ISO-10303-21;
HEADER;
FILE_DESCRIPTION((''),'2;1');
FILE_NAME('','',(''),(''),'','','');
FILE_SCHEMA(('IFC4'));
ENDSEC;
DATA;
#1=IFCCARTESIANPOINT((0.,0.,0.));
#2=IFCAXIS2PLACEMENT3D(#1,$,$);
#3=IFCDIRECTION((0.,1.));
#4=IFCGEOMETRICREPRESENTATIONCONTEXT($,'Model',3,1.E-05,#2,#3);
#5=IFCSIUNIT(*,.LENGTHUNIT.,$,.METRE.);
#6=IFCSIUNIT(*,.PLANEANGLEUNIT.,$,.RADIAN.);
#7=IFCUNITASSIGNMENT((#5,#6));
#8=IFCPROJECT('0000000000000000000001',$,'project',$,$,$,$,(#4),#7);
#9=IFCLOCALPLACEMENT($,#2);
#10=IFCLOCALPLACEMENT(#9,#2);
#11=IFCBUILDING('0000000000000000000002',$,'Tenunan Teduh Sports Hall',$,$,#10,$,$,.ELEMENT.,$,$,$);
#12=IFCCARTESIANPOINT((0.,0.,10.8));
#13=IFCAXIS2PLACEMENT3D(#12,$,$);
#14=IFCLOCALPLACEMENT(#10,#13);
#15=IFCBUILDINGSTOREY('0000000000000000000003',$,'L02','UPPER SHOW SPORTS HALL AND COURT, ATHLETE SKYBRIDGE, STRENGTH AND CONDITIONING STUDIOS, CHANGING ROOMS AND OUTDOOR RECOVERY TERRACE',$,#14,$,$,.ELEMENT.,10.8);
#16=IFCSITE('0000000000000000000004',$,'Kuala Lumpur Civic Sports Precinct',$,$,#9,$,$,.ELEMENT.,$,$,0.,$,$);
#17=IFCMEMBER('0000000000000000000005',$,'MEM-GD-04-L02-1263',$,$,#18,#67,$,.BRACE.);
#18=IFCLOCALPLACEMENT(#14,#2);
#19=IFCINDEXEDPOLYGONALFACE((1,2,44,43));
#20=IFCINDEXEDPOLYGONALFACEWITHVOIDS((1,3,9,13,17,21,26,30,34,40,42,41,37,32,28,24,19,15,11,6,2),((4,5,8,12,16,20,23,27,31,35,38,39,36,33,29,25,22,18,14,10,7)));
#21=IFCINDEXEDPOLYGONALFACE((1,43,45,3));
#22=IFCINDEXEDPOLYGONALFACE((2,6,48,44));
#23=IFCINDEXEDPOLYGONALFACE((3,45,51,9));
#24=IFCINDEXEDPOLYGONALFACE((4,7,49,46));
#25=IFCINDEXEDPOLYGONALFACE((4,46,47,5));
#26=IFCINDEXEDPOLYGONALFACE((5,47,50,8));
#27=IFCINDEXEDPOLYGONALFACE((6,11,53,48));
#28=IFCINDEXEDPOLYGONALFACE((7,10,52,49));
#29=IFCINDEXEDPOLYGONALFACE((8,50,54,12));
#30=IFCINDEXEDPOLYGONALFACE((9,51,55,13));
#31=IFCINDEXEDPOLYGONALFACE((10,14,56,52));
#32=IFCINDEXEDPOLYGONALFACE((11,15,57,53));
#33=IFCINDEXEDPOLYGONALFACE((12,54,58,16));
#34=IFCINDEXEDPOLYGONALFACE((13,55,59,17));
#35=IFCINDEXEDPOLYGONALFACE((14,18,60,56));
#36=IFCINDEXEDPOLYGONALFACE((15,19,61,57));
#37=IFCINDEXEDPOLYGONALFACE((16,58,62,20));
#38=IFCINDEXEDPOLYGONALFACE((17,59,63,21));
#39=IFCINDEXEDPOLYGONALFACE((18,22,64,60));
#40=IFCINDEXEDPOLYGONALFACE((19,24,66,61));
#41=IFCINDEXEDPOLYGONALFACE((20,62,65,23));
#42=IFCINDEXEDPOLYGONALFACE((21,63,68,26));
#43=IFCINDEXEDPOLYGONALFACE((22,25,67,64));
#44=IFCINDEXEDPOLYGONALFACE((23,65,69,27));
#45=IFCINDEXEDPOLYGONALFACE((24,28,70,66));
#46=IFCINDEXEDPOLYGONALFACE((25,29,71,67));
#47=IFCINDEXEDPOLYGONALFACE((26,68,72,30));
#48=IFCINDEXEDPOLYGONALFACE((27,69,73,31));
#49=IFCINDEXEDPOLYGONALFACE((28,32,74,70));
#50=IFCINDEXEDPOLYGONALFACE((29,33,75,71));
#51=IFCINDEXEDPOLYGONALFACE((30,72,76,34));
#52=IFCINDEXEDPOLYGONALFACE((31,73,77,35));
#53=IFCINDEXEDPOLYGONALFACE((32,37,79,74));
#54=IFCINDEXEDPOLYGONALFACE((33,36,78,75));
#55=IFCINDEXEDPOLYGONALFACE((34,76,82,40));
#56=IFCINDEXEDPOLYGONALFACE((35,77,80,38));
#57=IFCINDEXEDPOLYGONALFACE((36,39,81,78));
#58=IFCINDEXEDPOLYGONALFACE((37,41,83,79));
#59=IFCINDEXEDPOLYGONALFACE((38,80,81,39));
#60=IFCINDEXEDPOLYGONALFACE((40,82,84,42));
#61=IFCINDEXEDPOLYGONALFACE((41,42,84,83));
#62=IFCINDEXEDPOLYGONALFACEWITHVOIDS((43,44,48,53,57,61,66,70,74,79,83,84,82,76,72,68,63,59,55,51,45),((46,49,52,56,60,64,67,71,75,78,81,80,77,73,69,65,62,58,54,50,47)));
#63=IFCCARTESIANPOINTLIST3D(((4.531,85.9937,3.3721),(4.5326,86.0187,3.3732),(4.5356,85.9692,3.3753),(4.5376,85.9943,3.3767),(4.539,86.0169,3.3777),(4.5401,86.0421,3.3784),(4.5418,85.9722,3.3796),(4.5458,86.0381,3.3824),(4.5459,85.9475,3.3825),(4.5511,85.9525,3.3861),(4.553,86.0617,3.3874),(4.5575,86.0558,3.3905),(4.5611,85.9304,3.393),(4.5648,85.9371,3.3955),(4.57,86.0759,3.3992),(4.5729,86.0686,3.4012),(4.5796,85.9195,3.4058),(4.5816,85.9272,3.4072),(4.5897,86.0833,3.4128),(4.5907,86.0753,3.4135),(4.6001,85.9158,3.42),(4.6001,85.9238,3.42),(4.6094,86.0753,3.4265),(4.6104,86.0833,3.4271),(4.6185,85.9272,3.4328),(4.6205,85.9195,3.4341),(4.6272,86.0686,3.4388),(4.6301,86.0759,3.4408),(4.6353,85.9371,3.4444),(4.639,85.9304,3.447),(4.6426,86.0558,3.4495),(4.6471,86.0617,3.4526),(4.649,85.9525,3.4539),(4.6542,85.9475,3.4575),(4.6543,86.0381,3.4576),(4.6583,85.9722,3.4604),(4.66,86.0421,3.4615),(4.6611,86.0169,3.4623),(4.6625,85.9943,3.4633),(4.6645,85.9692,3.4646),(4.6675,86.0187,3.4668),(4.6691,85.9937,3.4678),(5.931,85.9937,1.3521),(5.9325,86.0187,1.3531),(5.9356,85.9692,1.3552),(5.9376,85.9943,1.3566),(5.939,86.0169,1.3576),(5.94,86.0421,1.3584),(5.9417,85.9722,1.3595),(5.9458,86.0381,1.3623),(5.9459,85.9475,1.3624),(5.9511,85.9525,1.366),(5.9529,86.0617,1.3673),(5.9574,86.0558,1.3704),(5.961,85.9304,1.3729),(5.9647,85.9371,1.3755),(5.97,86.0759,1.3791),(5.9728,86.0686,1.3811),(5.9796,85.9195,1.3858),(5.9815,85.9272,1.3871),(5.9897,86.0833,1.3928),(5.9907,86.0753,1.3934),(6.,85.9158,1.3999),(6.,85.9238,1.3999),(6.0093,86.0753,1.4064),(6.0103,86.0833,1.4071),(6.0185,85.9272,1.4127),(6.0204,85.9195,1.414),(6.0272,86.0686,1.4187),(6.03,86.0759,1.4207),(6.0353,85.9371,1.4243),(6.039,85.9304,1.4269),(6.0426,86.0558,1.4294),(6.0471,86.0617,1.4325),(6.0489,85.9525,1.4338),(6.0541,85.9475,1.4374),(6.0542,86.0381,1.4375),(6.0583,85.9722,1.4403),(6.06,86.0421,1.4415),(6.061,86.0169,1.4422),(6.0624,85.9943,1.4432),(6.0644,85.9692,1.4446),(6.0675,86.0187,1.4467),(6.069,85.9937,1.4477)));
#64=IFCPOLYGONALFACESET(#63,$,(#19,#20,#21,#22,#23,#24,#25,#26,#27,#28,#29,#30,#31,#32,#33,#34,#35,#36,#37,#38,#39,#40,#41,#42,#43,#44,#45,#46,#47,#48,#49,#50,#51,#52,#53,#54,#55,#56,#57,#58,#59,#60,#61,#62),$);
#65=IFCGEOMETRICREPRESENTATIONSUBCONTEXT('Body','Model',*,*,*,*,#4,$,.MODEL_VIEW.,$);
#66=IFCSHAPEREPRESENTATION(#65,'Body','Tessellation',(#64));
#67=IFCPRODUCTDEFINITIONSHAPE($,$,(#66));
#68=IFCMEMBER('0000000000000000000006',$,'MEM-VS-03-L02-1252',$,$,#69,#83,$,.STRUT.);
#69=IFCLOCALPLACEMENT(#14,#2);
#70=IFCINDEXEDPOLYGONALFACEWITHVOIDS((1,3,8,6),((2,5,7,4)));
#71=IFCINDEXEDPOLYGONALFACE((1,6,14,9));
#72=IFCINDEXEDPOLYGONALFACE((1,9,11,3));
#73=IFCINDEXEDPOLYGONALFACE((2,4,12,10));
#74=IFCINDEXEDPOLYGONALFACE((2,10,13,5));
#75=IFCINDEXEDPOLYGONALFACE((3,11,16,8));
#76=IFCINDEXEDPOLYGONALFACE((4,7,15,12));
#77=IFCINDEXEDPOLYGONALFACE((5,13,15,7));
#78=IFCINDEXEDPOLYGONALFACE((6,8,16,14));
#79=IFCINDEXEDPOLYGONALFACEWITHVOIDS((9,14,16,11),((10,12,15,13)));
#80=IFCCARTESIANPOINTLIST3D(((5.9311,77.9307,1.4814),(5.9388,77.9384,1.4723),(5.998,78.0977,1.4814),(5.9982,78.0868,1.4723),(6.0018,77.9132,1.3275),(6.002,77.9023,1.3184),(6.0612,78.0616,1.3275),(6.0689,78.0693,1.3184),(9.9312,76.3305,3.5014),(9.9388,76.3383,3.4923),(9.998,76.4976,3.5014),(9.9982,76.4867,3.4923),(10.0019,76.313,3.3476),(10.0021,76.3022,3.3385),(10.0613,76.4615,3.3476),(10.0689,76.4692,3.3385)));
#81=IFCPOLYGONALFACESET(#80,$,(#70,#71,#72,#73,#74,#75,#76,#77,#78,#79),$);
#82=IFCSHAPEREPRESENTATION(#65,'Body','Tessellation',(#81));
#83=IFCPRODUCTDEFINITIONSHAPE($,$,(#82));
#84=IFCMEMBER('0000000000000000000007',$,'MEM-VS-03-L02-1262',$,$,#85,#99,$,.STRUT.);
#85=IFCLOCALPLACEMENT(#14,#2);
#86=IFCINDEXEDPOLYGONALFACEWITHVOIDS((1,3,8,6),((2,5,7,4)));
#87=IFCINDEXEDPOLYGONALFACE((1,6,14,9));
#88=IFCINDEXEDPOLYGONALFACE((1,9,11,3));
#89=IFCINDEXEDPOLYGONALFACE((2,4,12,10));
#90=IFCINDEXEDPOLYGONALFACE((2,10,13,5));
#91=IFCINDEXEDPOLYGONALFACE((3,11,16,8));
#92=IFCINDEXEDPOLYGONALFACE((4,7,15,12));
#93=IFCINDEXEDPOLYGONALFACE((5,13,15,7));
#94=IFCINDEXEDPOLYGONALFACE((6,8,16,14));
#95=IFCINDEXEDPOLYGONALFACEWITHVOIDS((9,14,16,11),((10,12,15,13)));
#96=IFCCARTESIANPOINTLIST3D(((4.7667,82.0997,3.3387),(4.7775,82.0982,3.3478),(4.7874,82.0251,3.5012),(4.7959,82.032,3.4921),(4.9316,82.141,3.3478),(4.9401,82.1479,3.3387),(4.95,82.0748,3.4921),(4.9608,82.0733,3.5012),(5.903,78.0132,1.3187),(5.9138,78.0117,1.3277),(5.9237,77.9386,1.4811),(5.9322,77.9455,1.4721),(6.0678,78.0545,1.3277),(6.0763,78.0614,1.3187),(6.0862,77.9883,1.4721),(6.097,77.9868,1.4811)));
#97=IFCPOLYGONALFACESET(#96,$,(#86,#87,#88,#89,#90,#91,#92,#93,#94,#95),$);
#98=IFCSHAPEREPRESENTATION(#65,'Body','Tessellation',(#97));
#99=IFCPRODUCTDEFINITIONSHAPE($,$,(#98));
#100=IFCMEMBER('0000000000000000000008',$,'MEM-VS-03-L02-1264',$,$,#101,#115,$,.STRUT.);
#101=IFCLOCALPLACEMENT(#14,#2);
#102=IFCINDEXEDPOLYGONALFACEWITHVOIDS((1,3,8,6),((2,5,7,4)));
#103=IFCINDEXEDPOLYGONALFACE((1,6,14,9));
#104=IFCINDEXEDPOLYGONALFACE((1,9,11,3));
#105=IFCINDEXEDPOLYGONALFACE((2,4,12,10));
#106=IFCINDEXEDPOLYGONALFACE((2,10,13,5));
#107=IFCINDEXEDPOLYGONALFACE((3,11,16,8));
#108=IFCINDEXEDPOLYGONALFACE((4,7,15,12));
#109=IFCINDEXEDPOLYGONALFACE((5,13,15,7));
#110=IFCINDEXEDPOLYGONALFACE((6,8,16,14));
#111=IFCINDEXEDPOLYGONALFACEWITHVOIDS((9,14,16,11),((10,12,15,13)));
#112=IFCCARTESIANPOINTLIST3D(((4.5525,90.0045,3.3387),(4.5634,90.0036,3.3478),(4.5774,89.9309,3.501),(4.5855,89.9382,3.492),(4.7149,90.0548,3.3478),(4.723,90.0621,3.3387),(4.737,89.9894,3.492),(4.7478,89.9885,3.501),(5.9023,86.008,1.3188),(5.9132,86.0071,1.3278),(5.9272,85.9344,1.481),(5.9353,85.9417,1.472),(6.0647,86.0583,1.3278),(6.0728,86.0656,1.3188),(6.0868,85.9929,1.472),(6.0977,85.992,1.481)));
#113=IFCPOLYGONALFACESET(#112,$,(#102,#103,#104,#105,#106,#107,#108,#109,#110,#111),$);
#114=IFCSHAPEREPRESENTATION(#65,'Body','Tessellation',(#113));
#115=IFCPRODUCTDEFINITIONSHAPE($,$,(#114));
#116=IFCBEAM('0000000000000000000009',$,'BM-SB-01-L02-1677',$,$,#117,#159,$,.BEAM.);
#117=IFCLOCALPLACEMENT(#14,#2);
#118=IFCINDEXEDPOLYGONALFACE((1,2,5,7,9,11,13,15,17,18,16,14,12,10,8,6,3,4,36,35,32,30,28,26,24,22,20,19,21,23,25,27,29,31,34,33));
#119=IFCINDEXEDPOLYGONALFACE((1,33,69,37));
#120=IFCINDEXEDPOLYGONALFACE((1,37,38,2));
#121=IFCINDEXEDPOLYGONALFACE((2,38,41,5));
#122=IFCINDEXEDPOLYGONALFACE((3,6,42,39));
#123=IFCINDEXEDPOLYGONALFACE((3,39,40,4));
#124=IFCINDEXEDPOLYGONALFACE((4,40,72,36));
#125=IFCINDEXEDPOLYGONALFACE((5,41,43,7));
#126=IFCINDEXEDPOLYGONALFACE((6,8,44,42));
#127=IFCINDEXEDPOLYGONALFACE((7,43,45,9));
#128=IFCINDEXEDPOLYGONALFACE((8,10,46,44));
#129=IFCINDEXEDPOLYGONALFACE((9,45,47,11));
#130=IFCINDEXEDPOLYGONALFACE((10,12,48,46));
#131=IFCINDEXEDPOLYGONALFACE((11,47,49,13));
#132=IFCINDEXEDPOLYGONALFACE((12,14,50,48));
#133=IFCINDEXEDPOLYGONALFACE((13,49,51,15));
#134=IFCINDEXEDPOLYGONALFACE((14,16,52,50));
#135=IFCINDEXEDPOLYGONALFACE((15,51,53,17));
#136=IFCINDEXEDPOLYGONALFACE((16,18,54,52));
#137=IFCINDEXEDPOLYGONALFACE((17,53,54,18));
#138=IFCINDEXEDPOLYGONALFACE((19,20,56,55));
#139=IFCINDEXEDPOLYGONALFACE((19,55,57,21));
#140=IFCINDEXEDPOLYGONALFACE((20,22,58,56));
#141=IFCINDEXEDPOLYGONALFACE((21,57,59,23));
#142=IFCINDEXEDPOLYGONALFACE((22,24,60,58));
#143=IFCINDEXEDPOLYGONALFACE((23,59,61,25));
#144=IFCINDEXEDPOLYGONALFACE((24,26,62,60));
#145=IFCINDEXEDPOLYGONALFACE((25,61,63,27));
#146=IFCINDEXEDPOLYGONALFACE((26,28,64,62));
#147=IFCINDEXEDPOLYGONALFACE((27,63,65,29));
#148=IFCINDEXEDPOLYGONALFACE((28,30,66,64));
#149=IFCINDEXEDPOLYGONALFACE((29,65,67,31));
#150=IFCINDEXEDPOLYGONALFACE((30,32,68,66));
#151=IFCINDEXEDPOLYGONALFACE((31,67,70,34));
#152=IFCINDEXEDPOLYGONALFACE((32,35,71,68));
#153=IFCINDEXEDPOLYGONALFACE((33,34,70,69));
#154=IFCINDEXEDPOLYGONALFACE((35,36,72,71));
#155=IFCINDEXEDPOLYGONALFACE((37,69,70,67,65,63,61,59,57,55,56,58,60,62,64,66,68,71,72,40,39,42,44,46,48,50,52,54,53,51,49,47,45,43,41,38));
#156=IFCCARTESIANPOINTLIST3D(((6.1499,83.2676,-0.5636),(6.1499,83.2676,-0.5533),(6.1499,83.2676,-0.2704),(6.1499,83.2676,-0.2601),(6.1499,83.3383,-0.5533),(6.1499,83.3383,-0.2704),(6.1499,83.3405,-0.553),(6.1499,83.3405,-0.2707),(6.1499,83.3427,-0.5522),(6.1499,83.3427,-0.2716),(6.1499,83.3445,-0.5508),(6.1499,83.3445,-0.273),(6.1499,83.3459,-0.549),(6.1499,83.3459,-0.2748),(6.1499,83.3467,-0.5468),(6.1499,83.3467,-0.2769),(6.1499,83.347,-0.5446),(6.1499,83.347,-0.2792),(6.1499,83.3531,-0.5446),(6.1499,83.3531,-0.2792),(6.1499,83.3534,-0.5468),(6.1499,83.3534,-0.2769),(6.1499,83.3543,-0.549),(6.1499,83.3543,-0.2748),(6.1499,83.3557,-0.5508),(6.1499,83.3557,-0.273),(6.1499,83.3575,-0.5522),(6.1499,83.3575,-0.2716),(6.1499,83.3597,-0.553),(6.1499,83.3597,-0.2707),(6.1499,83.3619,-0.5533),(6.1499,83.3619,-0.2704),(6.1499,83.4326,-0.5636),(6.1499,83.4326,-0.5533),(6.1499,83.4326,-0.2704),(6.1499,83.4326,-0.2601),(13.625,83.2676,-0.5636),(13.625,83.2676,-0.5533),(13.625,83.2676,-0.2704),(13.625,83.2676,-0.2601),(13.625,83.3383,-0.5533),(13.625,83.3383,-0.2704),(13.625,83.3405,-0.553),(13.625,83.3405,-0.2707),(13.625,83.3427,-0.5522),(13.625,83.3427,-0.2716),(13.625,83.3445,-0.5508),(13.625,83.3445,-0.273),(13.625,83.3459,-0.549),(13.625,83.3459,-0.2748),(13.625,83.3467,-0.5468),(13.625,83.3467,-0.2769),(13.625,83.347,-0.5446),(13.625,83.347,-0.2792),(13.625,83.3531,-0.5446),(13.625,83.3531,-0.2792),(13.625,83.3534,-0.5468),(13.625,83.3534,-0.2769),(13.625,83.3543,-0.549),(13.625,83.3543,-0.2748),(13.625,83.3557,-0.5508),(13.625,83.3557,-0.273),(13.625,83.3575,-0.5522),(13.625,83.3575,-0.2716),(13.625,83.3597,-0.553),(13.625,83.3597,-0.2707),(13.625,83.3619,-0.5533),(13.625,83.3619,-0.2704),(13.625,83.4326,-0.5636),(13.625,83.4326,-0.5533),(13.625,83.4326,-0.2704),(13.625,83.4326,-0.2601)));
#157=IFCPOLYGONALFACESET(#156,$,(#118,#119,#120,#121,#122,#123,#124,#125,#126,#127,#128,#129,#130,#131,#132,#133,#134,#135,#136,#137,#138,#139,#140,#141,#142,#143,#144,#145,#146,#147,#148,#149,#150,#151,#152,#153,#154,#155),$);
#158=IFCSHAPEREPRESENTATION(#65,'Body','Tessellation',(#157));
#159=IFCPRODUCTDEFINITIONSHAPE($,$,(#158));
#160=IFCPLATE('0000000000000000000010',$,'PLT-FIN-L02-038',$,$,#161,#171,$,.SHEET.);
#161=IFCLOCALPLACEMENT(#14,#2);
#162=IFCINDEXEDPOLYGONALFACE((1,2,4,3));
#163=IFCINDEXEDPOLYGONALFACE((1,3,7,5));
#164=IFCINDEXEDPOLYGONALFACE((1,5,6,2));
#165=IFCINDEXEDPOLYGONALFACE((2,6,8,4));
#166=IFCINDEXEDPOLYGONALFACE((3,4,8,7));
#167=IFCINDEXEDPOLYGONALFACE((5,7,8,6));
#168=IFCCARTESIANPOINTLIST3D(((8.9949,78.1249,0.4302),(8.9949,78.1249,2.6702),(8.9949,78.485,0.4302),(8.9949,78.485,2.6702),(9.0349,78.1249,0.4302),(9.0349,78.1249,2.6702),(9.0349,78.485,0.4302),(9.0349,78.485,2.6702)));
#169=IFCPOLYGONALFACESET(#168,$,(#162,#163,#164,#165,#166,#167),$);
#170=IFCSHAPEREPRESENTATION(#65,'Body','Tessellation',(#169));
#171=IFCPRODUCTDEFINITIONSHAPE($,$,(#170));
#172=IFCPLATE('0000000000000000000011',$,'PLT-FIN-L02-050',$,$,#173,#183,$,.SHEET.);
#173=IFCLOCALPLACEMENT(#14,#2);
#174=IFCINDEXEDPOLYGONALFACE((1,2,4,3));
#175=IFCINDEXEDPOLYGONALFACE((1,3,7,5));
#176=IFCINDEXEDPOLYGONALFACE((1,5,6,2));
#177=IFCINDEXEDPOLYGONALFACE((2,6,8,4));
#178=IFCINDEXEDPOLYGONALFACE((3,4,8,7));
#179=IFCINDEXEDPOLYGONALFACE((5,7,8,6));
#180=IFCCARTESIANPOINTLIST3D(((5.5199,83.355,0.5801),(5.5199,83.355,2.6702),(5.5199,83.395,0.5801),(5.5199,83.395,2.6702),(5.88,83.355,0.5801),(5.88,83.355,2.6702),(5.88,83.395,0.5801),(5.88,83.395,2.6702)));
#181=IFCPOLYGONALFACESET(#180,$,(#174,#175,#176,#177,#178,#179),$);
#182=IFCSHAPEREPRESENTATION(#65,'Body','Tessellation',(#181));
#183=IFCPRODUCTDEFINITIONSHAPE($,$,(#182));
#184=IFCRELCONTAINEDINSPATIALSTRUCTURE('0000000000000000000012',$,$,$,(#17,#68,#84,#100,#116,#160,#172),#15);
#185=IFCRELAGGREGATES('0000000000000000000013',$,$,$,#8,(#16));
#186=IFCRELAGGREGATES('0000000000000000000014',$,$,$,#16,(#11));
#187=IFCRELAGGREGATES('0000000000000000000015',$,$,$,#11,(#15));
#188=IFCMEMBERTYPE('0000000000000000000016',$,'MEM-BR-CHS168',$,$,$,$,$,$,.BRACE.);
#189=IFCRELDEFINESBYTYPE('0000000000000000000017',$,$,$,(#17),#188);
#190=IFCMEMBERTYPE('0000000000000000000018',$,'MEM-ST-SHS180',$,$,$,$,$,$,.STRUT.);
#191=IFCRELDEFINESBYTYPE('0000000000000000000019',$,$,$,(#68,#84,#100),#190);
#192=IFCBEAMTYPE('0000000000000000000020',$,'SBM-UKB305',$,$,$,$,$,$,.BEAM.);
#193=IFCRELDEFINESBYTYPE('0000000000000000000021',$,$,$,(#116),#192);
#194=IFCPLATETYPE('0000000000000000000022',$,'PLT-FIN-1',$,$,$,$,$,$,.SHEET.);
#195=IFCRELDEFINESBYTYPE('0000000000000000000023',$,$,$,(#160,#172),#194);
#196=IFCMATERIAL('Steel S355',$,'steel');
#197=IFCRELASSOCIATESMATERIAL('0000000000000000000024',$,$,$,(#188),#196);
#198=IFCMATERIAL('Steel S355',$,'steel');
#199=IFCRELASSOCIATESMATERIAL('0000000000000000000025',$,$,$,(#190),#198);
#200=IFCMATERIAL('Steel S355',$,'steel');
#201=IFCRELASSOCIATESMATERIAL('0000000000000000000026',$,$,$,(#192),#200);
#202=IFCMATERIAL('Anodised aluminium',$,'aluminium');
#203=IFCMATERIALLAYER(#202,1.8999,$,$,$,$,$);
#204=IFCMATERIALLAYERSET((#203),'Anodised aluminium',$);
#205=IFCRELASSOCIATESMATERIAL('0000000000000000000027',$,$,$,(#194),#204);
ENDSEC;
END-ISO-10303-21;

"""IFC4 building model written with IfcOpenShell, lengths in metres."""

from ifc_helpers import new_model, si_unit, direction, frame, origin, origin_2d, place, context, subcontext, project, spatial, rectangle, hollow_rectangle, hollow_circle, i_section, extrude, material, layer, layer_set, material_profile, profile_set, type_object, element, save


model = new_model("IFC4")

# Units and contexts
model_context = context("Model", 3, precision=1e-05, world=origin(), true_north=direction((0.0, 1.0)))
body_context = subcontext(model_context, "Body", "Model", "MODEL_VIEW")
ifc_project = project(units=[si_unit("LENGTHUNIT", "METRE"), si_unit("PLANEANGLEUNIT", "RADIAN")], contexts=[model_context])

# Site, building, storey
site_placement = place(None, origin())
site = spatial("IfcSite", under=ifc_project, at=site_placement, Name="Kuala Lumpur Civic Sports Precinct", CompositionType="ELEMENT", RefElevation=0.0)
building_placement = place(site_placement, origin())
building = spatial("IfcBuilding", under=site, at=building_placement, Name="Tenunan Teduh Sports Hall", CompositionType="ELEMENT")
storey_placement = place(building_placement, frame((0.0, 0.0, 10.8)))
storey = spatial("IfcBuildingStorey", under=building, at=storey_placement, Name="L02", Description="UPPER SHOW SPORTS HALL AND COURT, ATHLETE SKYBRIDGE, STRENGTH AND CONDITIONING STUDIOS, CHANGING ROOMS AND OUTDOOR RECOVERY TERRACE", CompositionType="ELEMENT", Elevation=10.8)

# Members
ifc_material_1 = material(Name="Steel S355", Category="steel")
ifc_material_profile_1 = material_profile(ifc_material_1, hollow_circle(Radius=0.0842, WallThickness=0.0081, at=origin_2d()), Name="CHS 168.3x8.0")
ifc_profile_set_1 = profile_set([ifc_material_profile_1], Name="Steel S355")
member_type_1 = type_object("IfcMemberType", Name="MEM-BR-CHS168", PredefinedType="BRACE", material=ifc_profile_set_1)
member_1_placement = place(storey_placement, frame((6.0, 86.0, 1.3999), z_axis=(-0.569602, 0.0, 0.82192), x_axis=(0.0, -1.0, 0.0)))
element("IfcMember", 1, at=member_1_placement, inside=storey, type_object=member_type_1, Name="MEM-GD-04-L02-1263", PredefinedType="BRACE", context=body_context, shape_type="SweptSolid", body=[
    extrude(hollow_circle(Radius=0.0842, WallThickness=0.0081, at=origin_2d()), origin(), (0.0, 0.0, 1.0), 2.4578),
])
ifc_material_2 = material(Name="Steel S355", Category="steel")
ifc_material_profile_2 = material_profile(ifc_material_2, hollow_rectangle(XDim=0.1799, YDim=0.1799, WallThickness=0.01, at=origin_2d()), Name="SHS 180x180x10.0")
ifc_profile_set_2 = profile_set([ifc_material_profile_2], Name="Steel S355")
member_type_2 = type_object("IfcMemberType", Name="MEM-ST-SHS180", PredefinedType="STRUT", material=ifc_profile_set_2)
member_2_placement = place(storey_placement, frame((6.0, 78.0, 1.3999), z_axis=(0.840648, -0.33628, 0.424531), x_axis=(0.37141, 0.928469, 0.0)))
element("IfcMember", 2, at=member_2_placement, inside=storey, type_object=member_type_2, Name="MEM-VS-03-L02-1252", PredefinedType="STRUT", context=body_context, shape_type="SweptSolid", body=[
    extrude(hollow_rectangle(XDim=0.1799, YDim=0.1799, WallThickness=0.01, at=origin_2d()), origin(), (0.0, 0.0, 1.0), 4.7583),
])
member_3_placement = place(storey_placement, frame((6.0, 78.0, 1.3999), z_axis=(-0.241859, 0.869839, 0.429982), x_axis=(-0.96345, -0.267887, 0.0)))
element("IfcMember", 3, at=member_3_placement, inside=storey, type_object=member_type_2, Name="MEM-VS-03-L02-1262", PredefinedType="STRUT", context=body_context, shape_type="SweptSolid", body=[
    extrude(hollow_rectangle(XDim=0.1799, YDim=0.1799, WallThickness=0.01, at=origin_2d()), origin(), (0.0, 0.0, 1.0), 4.698),
])
member_4_placement = place(storey_placement, frame((6.0, 86.0, 1.3999), z_axis=(-0.288609, 0.8545, 0.431896), x_axis=(-0.94742, -0.319993, 0.0)))
element("IfcMember", 4, at=member_4_placement, inside=storey, type_object=member_type_2, Name="MEM-VS-03-L02-1264", PredefinedType="STRUT", context=body_context, shape_type="SweptSolid", body=[
    extrude(hollow_rectangle(XDim=0.1799, YDim=0.1799, WallThickness=0.01, at=origin_2d()), origin(), (0.0, 0.0, 1.0), 4.677),
])

# Beam
ifc_material_3 = material(Name="Steel S355", Category="steel")
ifc_material_profile_3 = material_profile(ifc_material_3, i_section(OverallWidth=0.165, OverallDepth=0.3035, WebThickness=0.0061, FlangeThickness=0.0103, FilletRadius=0.0088, at=origin_2d()), Name="UKB 305x165x40")
ifc_profile_set_3 = profile_set([ifc_material_profile_3], Name="Steel S355")
beam_type_1 = type_object("IfcBeamType", Name="SBM-UKB305", PredefinedType="BEAM", material=ifc_profile_set_3)
beam_1_placement = place(storey_placement, frame((6.1499, 83.3501, -0.4119), z_axis=(1.0, 0.0, 0.0), x_axis=(0.0, 1.0, 0.0)))
element("IfcBeam", 5, at=beam_1_placement, inside=storey, type_object=beam_type_1, Name="BM-SB-01-L02-1677", PredefinedType="BEAM", context=body_context, shape_type="SweptSolid", body=[
    extrude(i_section(OverallWidth=0.165, OverallDepth=0.3035, WebThickness=0.0061, FlangeThickness=0.0103, FilletRadius=0.0088, at=origin_2d()), origin(), (0.0, 0.0, 1.0), 7.4751),
])

# Plates
ifc_material_4 = material(Name="Anodised aluminium", Category="aluminium")
ifc_layer_1 = layer(ifc_material_4, 1.8999)
ifc_layer_set_1 = layer_set([ifc_layer_1], Name="Anodised aluminium")
plate_type = type_object("IfcPlateType", Name="PLT-FIN-1", PredefinedType="SHEET", material=ifc_layer_set_1)
plate_1_placement = place(storey_placement, frame((9.0149, 78.3049, 0.4302), z_axis=(0.0, 0.0, 1.0), x_axis=(1.0, 0.0, 0.0)))
element("IfcPlate", 6, at=plate_1_placement, inside=storey, type_object=plate_type, Name="PLT-FIN-L02-038", PredefinedType="SHEET", context=body_context, shape_type="SweptSolid", body=[
    extrude(rectangle(XDim=0.04, YDim=0.3601, at=origin_2d()), origin(), (0.0, 0.0, 1.0), 2.24),
])
plate_2_placement = place(storey_placement, frame((5.7, 83.375, 0.5801), z_axis=(0.0, 0.0, 1.0), x_axis=(0.0, 1.0, 0.0)))
element("IfcPlate", 7, at=plate_2_placement, inside=storey, type_object=plate_type, Name="PLT-FIN-L02-050", PredefinedType="SHEET", context=body_context, shape_type="SweptSolid", body=[
    extrude(rectangle(XDim=0.04, YDim=0.3601, at=origin_2d()), origin(), (0.0, 0.0, 1.0), 2.0901),
])

save(model, "model.ifc")
